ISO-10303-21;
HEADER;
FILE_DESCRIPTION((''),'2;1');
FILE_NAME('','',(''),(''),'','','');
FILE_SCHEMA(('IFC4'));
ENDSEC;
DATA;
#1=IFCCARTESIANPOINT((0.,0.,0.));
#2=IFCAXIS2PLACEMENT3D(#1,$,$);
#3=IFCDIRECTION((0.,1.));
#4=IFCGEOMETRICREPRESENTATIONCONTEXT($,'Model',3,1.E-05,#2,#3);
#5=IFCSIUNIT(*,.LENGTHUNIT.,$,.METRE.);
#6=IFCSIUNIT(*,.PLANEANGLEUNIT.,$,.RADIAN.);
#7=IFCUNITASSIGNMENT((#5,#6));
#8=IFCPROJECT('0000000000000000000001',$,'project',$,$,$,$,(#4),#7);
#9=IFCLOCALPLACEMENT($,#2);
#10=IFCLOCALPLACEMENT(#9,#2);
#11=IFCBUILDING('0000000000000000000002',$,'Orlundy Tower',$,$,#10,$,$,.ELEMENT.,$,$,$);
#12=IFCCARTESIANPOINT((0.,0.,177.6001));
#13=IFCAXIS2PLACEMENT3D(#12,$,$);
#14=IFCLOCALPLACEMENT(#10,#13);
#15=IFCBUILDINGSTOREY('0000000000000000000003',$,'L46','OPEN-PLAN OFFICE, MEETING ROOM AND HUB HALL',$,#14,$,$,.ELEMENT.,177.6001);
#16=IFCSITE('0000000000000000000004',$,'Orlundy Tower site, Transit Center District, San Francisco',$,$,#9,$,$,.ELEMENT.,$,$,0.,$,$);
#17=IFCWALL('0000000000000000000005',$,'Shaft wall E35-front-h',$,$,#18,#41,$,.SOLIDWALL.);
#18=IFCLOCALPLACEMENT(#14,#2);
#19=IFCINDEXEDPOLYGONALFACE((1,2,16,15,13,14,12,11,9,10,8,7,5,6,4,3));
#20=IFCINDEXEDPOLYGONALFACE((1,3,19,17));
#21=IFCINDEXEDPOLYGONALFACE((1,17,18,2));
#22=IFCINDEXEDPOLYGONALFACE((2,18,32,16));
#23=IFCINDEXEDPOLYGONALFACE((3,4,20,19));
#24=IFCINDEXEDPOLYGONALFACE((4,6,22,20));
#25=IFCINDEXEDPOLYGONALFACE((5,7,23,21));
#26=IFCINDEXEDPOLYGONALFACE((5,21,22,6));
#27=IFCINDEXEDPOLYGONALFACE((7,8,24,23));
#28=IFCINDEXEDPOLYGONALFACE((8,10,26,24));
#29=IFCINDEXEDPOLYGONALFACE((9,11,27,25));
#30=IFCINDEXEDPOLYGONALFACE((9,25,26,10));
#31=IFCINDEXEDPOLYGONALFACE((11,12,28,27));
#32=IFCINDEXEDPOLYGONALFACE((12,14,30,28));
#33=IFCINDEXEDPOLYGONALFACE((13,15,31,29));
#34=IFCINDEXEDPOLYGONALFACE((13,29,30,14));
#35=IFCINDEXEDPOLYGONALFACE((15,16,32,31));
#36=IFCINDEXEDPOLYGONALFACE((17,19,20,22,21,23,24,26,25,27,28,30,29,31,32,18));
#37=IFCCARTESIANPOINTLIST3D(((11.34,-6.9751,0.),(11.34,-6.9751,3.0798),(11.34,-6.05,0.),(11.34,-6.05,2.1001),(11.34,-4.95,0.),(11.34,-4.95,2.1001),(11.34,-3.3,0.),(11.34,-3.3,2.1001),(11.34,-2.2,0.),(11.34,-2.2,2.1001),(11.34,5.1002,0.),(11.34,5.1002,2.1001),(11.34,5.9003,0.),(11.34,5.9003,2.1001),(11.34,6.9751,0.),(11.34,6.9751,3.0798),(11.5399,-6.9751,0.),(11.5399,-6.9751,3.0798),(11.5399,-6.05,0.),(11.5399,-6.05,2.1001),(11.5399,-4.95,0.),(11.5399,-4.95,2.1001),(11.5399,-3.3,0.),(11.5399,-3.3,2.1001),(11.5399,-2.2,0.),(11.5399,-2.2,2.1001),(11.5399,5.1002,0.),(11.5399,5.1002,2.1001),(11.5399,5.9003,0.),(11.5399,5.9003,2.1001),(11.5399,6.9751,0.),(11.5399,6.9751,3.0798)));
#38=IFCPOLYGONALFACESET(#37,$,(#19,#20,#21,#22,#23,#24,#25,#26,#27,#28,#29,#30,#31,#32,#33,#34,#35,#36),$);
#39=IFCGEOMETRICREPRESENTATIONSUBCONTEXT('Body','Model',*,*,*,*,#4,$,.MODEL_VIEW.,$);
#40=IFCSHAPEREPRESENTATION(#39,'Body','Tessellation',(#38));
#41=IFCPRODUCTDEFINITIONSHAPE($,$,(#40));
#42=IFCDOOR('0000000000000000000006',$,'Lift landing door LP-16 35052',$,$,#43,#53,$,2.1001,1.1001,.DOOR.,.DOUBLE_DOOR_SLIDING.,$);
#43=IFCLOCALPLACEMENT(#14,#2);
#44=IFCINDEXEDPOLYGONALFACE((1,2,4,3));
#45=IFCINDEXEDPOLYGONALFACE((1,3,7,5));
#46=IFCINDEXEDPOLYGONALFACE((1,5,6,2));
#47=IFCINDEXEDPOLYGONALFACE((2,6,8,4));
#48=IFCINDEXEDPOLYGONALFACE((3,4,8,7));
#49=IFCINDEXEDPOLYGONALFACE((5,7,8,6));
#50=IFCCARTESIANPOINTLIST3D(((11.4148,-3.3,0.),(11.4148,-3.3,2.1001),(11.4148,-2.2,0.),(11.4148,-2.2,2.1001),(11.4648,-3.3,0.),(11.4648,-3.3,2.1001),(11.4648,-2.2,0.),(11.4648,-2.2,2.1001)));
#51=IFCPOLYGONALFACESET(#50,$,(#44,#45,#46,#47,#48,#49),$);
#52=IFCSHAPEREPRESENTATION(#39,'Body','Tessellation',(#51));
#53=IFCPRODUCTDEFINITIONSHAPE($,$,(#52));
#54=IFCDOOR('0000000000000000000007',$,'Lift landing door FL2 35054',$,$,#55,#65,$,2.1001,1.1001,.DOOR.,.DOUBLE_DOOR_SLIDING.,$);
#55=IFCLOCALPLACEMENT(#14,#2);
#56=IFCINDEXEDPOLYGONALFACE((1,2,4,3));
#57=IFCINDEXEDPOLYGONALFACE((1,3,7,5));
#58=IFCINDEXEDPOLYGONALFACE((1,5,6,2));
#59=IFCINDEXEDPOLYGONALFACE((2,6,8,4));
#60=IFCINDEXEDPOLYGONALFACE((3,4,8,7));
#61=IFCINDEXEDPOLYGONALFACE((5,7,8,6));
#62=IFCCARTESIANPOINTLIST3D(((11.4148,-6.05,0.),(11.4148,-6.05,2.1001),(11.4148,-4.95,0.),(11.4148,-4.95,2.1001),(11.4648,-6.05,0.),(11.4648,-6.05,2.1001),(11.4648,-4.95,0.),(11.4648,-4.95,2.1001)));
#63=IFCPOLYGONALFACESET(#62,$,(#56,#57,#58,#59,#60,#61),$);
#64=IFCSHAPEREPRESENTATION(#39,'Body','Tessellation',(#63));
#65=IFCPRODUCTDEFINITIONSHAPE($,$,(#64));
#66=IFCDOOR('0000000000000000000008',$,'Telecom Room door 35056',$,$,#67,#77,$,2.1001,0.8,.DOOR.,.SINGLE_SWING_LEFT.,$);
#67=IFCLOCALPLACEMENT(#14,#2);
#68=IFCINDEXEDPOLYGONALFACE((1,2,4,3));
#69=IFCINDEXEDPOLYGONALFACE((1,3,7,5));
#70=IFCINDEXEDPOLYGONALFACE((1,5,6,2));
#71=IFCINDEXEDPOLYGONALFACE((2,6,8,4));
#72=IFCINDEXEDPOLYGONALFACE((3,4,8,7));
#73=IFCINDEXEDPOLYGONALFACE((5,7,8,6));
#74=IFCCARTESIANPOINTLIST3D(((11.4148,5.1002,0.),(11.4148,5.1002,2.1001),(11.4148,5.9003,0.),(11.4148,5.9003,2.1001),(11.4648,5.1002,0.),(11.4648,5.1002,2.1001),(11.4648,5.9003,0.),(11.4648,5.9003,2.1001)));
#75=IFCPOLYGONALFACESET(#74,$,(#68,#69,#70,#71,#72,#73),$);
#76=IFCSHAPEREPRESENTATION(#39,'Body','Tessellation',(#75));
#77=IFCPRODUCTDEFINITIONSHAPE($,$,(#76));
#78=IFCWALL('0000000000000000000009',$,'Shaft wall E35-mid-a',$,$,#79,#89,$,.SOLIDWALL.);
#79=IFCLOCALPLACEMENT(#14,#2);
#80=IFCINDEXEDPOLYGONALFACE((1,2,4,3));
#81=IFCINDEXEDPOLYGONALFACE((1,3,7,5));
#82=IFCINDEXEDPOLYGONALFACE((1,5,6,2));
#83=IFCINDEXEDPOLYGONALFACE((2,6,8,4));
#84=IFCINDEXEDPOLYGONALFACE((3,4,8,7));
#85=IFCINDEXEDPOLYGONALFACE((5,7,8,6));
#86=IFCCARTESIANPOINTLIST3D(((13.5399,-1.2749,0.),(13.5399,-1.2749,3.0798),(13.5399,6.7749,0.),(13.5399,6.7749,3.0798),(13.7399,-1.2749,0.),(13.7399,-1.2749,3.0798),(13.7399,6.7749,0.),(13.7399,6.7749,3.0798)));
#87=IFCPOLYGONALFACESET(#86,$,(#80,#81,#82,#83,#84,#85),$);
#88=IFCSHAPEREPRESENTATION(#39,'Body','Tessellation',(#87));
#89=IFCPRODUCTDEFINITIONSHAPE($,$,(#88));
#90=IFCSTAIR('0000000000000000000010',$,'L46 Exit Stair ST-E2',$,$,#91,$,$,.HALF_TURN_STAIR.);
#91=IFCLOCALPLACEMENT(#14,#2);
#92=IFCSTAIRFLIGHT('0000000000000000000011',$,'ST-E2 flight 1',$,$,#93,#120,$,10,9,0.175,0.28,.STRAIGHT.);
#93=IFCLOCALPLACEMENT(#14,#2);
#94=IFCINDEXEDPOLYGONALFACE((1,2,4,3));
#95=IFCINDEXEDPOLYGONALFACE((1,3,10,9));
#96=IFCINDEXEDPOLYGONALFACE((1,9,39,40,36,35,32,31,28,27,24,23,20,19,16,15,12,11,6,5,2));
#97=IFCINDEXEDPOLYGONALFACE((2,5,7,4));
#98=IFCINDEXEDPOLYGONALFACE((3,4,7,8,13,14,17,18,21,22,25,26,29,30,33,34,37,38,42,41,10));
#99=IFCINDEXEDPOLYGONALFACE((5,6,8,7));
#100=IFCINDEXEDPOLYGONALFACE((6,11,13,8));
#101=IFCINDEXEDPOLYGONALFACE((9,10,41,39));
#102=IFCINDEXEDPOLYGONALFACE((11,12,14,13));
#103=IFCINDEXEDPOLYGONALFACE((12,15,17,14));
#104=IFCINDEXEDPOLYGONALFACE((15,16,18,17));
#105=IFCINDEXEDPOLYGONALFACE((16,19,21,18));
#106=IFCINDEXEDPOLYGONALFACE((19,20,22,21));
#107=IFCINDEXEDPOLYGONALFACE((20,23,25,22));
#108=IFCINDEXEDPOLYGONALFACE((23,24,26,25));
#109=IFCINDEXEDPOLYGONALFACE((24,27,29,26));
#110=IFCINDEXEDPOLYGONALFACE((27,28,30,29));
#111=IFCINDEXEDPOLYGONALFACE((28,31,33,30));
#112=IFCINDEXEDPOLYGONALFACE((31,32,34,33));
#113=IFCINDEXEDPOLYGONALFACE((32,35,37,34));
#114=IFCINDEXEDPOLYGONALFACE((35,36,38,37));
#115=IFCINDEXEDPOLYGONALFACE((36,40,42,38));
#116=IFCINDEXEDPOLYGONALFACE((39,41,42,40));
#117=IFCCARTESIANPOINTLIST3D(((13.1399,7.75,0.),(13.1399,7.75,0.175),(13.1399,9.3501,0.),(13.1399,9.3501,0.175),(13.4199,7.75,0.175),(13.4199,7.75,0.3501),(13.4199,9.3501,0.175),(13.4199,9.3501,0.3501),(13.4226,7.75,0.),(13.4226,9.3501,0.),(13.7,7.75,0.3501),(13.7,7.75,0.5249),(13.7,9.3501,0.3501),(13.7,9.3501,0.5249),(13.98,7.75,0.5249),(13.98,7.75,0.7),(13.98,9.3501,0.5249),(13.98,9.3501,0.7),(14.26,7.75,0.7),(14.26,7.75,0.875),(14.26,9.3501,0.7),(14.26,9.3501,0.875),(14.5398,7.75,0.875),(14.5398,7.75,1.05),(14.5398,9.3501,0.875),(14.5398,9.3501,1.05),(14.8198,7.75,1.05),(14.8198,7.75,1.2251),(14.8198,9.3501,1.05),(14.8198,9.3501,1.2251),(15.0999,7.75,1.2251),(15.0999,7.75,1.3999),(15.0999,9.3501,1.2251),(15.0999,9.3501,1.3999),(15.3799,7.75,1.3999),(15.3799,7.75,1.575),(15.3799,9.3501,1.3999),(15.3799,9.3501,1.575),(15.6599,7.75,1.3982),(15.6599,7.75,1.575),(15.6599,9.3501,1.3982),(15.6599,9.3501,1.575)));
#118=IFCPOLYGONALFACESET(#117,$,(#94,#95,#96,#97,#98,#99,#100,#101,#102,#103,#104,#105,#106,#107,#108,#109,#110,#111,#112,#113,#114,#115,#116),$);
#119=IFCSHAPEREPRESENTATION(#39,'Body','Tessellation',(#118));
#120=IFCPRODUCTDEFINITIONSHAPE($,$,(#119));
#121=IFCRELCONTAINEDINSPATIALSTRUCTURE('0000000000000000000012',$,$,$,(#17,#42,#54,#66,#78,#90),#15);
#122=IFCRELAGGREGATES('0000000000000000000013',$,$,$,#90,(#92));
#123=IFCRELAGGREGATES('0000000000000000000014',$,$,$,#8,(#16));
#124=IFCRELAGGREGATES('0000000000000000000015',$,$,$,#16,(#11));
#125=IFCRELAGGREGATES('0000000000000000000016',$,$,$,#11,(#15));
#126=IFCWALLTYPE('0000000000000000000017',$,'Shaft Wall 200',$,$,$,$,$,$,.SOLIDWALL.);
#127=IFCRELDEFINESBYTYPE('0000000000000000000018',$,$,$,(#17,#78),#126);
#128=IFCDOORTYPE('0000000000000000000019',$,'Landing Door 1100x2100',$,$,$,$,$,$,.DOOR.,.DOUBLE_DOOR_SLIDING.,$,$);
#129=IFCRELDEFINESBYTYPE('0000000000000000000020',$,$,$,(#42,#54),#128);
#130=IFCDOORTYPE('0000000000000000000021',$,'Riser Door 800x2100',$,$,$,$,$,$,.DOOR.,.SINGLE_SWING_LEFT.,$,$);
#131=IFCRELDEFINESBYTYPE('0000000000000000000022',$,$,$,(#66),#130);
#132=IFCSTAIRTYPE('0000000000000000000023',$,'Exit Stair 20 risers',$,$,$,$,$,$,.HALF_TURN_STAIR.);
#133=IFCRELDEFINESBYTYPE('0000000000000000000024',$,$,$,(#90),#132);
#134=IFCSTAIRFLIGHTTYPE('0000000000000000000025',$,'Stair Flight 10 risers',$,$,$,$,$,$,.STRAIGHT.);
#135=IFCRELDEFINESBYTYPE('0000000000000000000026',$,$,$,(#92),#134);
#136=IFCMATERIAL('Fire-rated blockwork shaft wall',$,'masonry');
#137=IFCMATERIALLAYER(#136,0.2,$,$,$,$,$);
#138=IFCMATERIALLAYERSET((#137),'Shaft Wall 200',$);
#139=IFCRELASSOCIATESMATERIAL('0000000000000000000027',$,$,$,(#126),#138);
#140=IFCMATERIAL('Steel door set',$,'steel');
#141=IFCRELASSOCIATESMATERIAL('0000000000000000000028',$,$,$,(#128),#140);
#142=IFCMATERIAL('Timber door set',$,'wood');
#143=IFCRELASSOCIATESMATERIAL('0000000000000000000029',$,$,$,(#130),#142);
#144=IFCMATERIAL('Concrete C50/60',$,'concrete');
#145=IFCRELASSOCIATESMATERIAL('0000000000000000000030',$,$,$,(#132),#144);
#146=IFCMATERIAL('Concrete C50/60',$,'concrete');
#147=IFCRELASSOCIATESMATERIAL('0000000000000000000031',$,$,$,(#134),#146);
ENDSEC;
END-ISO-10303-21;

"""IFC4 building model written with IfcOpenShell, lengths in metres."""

from ifc_helpers import new_model, si_unit, direction, frame, frame_2d, origin, place, context, subcontext, project, spatial, polyline, rectangle, outline, extrude, material, layer, layer_set, type_object, element, fill, aggregate, save


model = new_model("IFC4")

# Units and contexts
model_context = context("Model", 3, precision=1e-05, world=origin(), true_north=direction((0.0, 1.0)))
body_context = subcontext(model_context, "Body", "Model", "MODEL_VIEW")
ifc_project = project(units=[si_unit("LENGTHUNIT", "METRE"), si_unit("PLANEANGLEUNIT", "RADIAN")], contexts=[model_context])

# Site, building, storey
site_placement = place(None, origin())
site = spatial("IfcSite", under=ifc_project, at=site_placement, Name="Orlundy Tower site, Transit Center District, San Francisco", CompositionType="ELEMENT", RefElevation=0.0)
building_placement = place(site_placement, origin())
building = spatial("IfcBuilding", under=site, at=building_placement, Name="Orlundy Tower", CompositionType="ELEMENT")
storey_placement = place(building_placement, frame((0.0, 0.0, 177.6001)))
storey = spatial("IfcBuildingStorey", under=building, at=storey_placement, Name="L46", Description="OPEN-PLAN OFFICE, MEETING ROOM AND HUB HALL", CompositionType="ELEMENT", Elevation=177.6001)

# Shared definitions
ifc_material_1 = material(Name="Fire-rated blockwork shaft wall", Category="masonry")
ifc_layer_1 = layer(ifc_material_1, 0.2)
ifc_layer_set_1 = layer_set([ifc_layer_1], Name="Shaft Wall 200")
wall_type_1 = type_object("IfcWallType", Name="Shaft Wall 200", PredefinedType="SOLIDWALL", material=ifc_layer_set_1)

# Wall, openings, doors
wall_1_placement = place(storey_placement, frame((11.4399, 6.9751, 0.0), z_axis=(0.0, 0.0, 1.0), x_axis=(0.0, -1.0, 0.0)))
wall_1 = element("IfcWall", 1, at=wall_1_placement, inside=storey, type_object=wall_type_1, Name="Shaft wall E35-front-h", PredefinedType="SOLIDWALL", context=body_context, shape_type="SweptSolid", body=[
    extrude(rectangle(XDim=13.9502, YDim=0.2, at=frame_2d((6.9751, 0.0))), origin(), (0.0, 0.0, 1.0), 3.0798),
])
opening_1_placement = place(wall_1_placement, frame((9.175, 0.0, 0.0)))
opening_1 = element("IfcOpeningElement", 2, at=opening_1_placement, cuts=wall_1, PredefinedType="OPENING", context=body_context, shape_type="SweptSolid", body=[
    extrude(rectangle(XDim=1.1001, YDim=2.1001, at=frame_2d((0.55, 1.05))), frame((0.0, 0.1101, 0.0), z_axis=(0.0, -1.0, 0.0), x_axis=(1.0, 0.0, 0.0)), (0.0, 0.0, 1.0), 0.2202),
])
opening_2_placement = place(wall_1_placement, frame((11.925, 0.0, 0.0)))
opening_2 = element("IfcOpeningElement", 3, at=opening_2_placement, cuts=wall_1, PredefinedType="OPENING", context=body_context, shape_type="SweptSolid", body=[
    extrude(rectangle(XDim=1.1001, YDim=2.1001, at=frame_2d((0.55, 1.05))), frame((0.0, 0.1101, 0.0), z_axis=(0.0, -1.0, 0.0), x_axis=(1.0, 0.0, 0.0)), (0.0, 0.0, 1.0), 0.2202),
])
opening_3_placement = place(wall_1_placement, frame((1.075, 0.0, 0.0)))
opening_3 = element("IfcOpeningElement", 4, at=opening_3_placement, cuts=wall_1, PredefinedType="OPENING", context=body_context, shape_type="SweptSolid", body=[
    extrude(rectangle(XDim=0.8, YDim=2.1001, at=frame_2d((0.3999, 1.05))), frame((0.0, 0.1101, 0.0), z_axis=(0.0, -1.0, 0.0), x_axis=(1.0, 0.0, 0.0)), (0.0, 0.0, 1.0), 0.2202),
])
ifc_material_2 = material(Name="Steel door set", Category="steel")
door_type_1 = type_object("IfcDoorType", Name="Landing Door 1100x2100", OperationType="DOUBLE_DOOR_SLIDING", PredefinedType="DOOR", material=ifc_material_2)
door_1_placement = place(opening_1_placement, origin())
door_1 = element("IfcDoor", 5, at=door_1_placement, inside=storey, type_object=door_type_1, Name="Lift landing door LP-16 35052", OperationType="DOUBLE_DOOR_SLIDING", OverallHeight=2.1001, OverallWidth=1.1001, PredefinedType="DOOR", context=body_context, shape_type="SweptSolid", body=[
    extrude(rectangle(XDim=1.1001, YDim=2.1001, at=frame_2d((0.55, 1.05))), frame((0.0, 0.0249, 0.0), z_axis=(0.0, -1.0, 0.0), x_axis=(1.0, 0.0, 0.0)), (0.0, 0.0, 1.0), 0.05),
])
fill(opening_1, door_1)
door_2_placement = place(opening_2_placement, origin())
door_2 = element("IfcDoor", 6, at=door_2_placement, inside=storey, type_object=door_type_1, Name="Lift landing door FL2 35054", OperationType="DOUBLE_DOOR_SLIDING", OverallHeight=2.1001, OverallWidth=1.1001, PredefinedType="DOOR", context=body_context, shape_type="SweptSolid", body=[
    extrude(rectangle(XDim=1.1001, YDim=2.1001, at=frame_2d((0.55, 1.05))), frame((0.0, 0.0249, 0.0), z_axis=(0.0, -1.0, 0.0), x_axis=(1.0, 0.0, 0.0)), (0.0, 0.0, 1.0), 0.05),
])
fill(opening_2, door_2)
ifc_material_3 = material(Name="Timber door set", Category="wood")
door_type_2 = type_object("IfcDoorType", Name="Riser Door 800x2100", OperationType="SINGLE_SWING_LEFT", PredefinedType="DOOR", material=ifc_material_3)
door_3_placement = place(opening_3_placement, origin())
door_3 = element("IfcDoor", 7, at=door_3_placement, inside=storey, type_object=door_type_2, Name="Telecom Room door 35056", OperationType="SINGLE_SWING_LEFT", OverallHeight=2.1001, OverallWidth=0.8, PredefinedType="DOOR", context=body_context, shape_type="SweptSolid", body=[
    extrude(rectangle(XDim=0.8, YDim=2.1001, at=frame_2d((0.3999, 1.05))), frame((0.0, 0.0249, 0.0), z_axis=(0.0, -1.0, 0.0), x_axis=(1.0, 0.0, 0.0)), (0.0, 0.0, 1.0), 0.05),
])
fill(opening_3, door_3)

# Wall
wall_2_placement = place(storey_placement, frame((13.6399, 6.7749, 0.0), z_axis=(0.0, 0.0, 1.0), x_axis=(0.0, -1.0, 0.0)))
element("IfcWall", 8, at=wall_2_placement, inside=storey, type_object=wall_type_1, Name="Shaft wall E35-mid-a", PredefinedType="SOLIDWALL", context=body_context, shape_type="SweptSolid", body=[
    extrude(rectangle(XDim=8.0498, YDim=0.2, at=frame_2d((4.0249, 0.0))), origin(), (0.0, 0.0, 1.0), 3.0798),
])

# Stair, stair flight
ifc_material_4 = material(Name="Concrete C50/60", Category="concrete")
stair_type = type_object("IfcStairType", Name="Exit Stair 20 risers", PredefinedType="HALF_TURN_STAIR", material=ifc_material_4)
stair_placement = place(storey_placement, origin())
stair = element("IfcStair", 9, at=stair_placement, inside=storey, type_object=stair_type, Name="L46 Exit Stair ST-E2", PredefinedType="HALF_TURN_STAIR")
ifc_material_5 = material(Name="Concrete C50/60", Category="concrete")
stair_flight_type = type_object("IfcStairFlightType", Name="Stair Flight 10 risers", PredefinedType="STRAIGHT", material=ifc_material_5)
stair_flight_placement = place(storey_placement, frame((13.1399, 8.55, 0.0), z_axis=(0.0, 0.0, 1.0), x_axis=(1.0, 0.0, 0.0)))
stair_flight = element("IfcStairFlight", 10, at=stair_flight_placement, type_object=stair_flight_type, Name="ST-E2 flight 1", NumberOfRisers=10, NumberOfTreads=9, PredefinedType="STRAIGHT", RiserHeight=0.175, TreadLength=0.28, context=body_context, shape_type="SweptSolid", body=[
    extrude(outline(polyline([(0.0, 0.0), (0.0, 0.175), (0.28, 0.175), (0.28, 0.3501), (0.5601, 0.3501), (0.5601, 0.5249), (0.8401, 0.5249), (0.8401, 0.7), (1.1201, 0.7), (1.1201, 0.875), (1.3999, 0.875), (1.3999, 1.05), (1.6799, 1.05), (1.6799, 1.2251), (1.96, 1.2251), (1.96, 1.3999), (2.24, 1.3999), (2.24, 1.575), (2.52, 1.575), (2.52, 1.75), (2.52, 1.3982), (0.2827, 0.0), (0.0, 0.0)])), frame((0.0, 0.8, 0.0), z_axis=(0.0, -1.0, 0.0), x_axis=(1.0, 0.0, 0.0)), (0.0, 0.0, 1.0), 1.6001),
])
aggregate(stair, [stair_flight])

save(model, "model.ifc")
